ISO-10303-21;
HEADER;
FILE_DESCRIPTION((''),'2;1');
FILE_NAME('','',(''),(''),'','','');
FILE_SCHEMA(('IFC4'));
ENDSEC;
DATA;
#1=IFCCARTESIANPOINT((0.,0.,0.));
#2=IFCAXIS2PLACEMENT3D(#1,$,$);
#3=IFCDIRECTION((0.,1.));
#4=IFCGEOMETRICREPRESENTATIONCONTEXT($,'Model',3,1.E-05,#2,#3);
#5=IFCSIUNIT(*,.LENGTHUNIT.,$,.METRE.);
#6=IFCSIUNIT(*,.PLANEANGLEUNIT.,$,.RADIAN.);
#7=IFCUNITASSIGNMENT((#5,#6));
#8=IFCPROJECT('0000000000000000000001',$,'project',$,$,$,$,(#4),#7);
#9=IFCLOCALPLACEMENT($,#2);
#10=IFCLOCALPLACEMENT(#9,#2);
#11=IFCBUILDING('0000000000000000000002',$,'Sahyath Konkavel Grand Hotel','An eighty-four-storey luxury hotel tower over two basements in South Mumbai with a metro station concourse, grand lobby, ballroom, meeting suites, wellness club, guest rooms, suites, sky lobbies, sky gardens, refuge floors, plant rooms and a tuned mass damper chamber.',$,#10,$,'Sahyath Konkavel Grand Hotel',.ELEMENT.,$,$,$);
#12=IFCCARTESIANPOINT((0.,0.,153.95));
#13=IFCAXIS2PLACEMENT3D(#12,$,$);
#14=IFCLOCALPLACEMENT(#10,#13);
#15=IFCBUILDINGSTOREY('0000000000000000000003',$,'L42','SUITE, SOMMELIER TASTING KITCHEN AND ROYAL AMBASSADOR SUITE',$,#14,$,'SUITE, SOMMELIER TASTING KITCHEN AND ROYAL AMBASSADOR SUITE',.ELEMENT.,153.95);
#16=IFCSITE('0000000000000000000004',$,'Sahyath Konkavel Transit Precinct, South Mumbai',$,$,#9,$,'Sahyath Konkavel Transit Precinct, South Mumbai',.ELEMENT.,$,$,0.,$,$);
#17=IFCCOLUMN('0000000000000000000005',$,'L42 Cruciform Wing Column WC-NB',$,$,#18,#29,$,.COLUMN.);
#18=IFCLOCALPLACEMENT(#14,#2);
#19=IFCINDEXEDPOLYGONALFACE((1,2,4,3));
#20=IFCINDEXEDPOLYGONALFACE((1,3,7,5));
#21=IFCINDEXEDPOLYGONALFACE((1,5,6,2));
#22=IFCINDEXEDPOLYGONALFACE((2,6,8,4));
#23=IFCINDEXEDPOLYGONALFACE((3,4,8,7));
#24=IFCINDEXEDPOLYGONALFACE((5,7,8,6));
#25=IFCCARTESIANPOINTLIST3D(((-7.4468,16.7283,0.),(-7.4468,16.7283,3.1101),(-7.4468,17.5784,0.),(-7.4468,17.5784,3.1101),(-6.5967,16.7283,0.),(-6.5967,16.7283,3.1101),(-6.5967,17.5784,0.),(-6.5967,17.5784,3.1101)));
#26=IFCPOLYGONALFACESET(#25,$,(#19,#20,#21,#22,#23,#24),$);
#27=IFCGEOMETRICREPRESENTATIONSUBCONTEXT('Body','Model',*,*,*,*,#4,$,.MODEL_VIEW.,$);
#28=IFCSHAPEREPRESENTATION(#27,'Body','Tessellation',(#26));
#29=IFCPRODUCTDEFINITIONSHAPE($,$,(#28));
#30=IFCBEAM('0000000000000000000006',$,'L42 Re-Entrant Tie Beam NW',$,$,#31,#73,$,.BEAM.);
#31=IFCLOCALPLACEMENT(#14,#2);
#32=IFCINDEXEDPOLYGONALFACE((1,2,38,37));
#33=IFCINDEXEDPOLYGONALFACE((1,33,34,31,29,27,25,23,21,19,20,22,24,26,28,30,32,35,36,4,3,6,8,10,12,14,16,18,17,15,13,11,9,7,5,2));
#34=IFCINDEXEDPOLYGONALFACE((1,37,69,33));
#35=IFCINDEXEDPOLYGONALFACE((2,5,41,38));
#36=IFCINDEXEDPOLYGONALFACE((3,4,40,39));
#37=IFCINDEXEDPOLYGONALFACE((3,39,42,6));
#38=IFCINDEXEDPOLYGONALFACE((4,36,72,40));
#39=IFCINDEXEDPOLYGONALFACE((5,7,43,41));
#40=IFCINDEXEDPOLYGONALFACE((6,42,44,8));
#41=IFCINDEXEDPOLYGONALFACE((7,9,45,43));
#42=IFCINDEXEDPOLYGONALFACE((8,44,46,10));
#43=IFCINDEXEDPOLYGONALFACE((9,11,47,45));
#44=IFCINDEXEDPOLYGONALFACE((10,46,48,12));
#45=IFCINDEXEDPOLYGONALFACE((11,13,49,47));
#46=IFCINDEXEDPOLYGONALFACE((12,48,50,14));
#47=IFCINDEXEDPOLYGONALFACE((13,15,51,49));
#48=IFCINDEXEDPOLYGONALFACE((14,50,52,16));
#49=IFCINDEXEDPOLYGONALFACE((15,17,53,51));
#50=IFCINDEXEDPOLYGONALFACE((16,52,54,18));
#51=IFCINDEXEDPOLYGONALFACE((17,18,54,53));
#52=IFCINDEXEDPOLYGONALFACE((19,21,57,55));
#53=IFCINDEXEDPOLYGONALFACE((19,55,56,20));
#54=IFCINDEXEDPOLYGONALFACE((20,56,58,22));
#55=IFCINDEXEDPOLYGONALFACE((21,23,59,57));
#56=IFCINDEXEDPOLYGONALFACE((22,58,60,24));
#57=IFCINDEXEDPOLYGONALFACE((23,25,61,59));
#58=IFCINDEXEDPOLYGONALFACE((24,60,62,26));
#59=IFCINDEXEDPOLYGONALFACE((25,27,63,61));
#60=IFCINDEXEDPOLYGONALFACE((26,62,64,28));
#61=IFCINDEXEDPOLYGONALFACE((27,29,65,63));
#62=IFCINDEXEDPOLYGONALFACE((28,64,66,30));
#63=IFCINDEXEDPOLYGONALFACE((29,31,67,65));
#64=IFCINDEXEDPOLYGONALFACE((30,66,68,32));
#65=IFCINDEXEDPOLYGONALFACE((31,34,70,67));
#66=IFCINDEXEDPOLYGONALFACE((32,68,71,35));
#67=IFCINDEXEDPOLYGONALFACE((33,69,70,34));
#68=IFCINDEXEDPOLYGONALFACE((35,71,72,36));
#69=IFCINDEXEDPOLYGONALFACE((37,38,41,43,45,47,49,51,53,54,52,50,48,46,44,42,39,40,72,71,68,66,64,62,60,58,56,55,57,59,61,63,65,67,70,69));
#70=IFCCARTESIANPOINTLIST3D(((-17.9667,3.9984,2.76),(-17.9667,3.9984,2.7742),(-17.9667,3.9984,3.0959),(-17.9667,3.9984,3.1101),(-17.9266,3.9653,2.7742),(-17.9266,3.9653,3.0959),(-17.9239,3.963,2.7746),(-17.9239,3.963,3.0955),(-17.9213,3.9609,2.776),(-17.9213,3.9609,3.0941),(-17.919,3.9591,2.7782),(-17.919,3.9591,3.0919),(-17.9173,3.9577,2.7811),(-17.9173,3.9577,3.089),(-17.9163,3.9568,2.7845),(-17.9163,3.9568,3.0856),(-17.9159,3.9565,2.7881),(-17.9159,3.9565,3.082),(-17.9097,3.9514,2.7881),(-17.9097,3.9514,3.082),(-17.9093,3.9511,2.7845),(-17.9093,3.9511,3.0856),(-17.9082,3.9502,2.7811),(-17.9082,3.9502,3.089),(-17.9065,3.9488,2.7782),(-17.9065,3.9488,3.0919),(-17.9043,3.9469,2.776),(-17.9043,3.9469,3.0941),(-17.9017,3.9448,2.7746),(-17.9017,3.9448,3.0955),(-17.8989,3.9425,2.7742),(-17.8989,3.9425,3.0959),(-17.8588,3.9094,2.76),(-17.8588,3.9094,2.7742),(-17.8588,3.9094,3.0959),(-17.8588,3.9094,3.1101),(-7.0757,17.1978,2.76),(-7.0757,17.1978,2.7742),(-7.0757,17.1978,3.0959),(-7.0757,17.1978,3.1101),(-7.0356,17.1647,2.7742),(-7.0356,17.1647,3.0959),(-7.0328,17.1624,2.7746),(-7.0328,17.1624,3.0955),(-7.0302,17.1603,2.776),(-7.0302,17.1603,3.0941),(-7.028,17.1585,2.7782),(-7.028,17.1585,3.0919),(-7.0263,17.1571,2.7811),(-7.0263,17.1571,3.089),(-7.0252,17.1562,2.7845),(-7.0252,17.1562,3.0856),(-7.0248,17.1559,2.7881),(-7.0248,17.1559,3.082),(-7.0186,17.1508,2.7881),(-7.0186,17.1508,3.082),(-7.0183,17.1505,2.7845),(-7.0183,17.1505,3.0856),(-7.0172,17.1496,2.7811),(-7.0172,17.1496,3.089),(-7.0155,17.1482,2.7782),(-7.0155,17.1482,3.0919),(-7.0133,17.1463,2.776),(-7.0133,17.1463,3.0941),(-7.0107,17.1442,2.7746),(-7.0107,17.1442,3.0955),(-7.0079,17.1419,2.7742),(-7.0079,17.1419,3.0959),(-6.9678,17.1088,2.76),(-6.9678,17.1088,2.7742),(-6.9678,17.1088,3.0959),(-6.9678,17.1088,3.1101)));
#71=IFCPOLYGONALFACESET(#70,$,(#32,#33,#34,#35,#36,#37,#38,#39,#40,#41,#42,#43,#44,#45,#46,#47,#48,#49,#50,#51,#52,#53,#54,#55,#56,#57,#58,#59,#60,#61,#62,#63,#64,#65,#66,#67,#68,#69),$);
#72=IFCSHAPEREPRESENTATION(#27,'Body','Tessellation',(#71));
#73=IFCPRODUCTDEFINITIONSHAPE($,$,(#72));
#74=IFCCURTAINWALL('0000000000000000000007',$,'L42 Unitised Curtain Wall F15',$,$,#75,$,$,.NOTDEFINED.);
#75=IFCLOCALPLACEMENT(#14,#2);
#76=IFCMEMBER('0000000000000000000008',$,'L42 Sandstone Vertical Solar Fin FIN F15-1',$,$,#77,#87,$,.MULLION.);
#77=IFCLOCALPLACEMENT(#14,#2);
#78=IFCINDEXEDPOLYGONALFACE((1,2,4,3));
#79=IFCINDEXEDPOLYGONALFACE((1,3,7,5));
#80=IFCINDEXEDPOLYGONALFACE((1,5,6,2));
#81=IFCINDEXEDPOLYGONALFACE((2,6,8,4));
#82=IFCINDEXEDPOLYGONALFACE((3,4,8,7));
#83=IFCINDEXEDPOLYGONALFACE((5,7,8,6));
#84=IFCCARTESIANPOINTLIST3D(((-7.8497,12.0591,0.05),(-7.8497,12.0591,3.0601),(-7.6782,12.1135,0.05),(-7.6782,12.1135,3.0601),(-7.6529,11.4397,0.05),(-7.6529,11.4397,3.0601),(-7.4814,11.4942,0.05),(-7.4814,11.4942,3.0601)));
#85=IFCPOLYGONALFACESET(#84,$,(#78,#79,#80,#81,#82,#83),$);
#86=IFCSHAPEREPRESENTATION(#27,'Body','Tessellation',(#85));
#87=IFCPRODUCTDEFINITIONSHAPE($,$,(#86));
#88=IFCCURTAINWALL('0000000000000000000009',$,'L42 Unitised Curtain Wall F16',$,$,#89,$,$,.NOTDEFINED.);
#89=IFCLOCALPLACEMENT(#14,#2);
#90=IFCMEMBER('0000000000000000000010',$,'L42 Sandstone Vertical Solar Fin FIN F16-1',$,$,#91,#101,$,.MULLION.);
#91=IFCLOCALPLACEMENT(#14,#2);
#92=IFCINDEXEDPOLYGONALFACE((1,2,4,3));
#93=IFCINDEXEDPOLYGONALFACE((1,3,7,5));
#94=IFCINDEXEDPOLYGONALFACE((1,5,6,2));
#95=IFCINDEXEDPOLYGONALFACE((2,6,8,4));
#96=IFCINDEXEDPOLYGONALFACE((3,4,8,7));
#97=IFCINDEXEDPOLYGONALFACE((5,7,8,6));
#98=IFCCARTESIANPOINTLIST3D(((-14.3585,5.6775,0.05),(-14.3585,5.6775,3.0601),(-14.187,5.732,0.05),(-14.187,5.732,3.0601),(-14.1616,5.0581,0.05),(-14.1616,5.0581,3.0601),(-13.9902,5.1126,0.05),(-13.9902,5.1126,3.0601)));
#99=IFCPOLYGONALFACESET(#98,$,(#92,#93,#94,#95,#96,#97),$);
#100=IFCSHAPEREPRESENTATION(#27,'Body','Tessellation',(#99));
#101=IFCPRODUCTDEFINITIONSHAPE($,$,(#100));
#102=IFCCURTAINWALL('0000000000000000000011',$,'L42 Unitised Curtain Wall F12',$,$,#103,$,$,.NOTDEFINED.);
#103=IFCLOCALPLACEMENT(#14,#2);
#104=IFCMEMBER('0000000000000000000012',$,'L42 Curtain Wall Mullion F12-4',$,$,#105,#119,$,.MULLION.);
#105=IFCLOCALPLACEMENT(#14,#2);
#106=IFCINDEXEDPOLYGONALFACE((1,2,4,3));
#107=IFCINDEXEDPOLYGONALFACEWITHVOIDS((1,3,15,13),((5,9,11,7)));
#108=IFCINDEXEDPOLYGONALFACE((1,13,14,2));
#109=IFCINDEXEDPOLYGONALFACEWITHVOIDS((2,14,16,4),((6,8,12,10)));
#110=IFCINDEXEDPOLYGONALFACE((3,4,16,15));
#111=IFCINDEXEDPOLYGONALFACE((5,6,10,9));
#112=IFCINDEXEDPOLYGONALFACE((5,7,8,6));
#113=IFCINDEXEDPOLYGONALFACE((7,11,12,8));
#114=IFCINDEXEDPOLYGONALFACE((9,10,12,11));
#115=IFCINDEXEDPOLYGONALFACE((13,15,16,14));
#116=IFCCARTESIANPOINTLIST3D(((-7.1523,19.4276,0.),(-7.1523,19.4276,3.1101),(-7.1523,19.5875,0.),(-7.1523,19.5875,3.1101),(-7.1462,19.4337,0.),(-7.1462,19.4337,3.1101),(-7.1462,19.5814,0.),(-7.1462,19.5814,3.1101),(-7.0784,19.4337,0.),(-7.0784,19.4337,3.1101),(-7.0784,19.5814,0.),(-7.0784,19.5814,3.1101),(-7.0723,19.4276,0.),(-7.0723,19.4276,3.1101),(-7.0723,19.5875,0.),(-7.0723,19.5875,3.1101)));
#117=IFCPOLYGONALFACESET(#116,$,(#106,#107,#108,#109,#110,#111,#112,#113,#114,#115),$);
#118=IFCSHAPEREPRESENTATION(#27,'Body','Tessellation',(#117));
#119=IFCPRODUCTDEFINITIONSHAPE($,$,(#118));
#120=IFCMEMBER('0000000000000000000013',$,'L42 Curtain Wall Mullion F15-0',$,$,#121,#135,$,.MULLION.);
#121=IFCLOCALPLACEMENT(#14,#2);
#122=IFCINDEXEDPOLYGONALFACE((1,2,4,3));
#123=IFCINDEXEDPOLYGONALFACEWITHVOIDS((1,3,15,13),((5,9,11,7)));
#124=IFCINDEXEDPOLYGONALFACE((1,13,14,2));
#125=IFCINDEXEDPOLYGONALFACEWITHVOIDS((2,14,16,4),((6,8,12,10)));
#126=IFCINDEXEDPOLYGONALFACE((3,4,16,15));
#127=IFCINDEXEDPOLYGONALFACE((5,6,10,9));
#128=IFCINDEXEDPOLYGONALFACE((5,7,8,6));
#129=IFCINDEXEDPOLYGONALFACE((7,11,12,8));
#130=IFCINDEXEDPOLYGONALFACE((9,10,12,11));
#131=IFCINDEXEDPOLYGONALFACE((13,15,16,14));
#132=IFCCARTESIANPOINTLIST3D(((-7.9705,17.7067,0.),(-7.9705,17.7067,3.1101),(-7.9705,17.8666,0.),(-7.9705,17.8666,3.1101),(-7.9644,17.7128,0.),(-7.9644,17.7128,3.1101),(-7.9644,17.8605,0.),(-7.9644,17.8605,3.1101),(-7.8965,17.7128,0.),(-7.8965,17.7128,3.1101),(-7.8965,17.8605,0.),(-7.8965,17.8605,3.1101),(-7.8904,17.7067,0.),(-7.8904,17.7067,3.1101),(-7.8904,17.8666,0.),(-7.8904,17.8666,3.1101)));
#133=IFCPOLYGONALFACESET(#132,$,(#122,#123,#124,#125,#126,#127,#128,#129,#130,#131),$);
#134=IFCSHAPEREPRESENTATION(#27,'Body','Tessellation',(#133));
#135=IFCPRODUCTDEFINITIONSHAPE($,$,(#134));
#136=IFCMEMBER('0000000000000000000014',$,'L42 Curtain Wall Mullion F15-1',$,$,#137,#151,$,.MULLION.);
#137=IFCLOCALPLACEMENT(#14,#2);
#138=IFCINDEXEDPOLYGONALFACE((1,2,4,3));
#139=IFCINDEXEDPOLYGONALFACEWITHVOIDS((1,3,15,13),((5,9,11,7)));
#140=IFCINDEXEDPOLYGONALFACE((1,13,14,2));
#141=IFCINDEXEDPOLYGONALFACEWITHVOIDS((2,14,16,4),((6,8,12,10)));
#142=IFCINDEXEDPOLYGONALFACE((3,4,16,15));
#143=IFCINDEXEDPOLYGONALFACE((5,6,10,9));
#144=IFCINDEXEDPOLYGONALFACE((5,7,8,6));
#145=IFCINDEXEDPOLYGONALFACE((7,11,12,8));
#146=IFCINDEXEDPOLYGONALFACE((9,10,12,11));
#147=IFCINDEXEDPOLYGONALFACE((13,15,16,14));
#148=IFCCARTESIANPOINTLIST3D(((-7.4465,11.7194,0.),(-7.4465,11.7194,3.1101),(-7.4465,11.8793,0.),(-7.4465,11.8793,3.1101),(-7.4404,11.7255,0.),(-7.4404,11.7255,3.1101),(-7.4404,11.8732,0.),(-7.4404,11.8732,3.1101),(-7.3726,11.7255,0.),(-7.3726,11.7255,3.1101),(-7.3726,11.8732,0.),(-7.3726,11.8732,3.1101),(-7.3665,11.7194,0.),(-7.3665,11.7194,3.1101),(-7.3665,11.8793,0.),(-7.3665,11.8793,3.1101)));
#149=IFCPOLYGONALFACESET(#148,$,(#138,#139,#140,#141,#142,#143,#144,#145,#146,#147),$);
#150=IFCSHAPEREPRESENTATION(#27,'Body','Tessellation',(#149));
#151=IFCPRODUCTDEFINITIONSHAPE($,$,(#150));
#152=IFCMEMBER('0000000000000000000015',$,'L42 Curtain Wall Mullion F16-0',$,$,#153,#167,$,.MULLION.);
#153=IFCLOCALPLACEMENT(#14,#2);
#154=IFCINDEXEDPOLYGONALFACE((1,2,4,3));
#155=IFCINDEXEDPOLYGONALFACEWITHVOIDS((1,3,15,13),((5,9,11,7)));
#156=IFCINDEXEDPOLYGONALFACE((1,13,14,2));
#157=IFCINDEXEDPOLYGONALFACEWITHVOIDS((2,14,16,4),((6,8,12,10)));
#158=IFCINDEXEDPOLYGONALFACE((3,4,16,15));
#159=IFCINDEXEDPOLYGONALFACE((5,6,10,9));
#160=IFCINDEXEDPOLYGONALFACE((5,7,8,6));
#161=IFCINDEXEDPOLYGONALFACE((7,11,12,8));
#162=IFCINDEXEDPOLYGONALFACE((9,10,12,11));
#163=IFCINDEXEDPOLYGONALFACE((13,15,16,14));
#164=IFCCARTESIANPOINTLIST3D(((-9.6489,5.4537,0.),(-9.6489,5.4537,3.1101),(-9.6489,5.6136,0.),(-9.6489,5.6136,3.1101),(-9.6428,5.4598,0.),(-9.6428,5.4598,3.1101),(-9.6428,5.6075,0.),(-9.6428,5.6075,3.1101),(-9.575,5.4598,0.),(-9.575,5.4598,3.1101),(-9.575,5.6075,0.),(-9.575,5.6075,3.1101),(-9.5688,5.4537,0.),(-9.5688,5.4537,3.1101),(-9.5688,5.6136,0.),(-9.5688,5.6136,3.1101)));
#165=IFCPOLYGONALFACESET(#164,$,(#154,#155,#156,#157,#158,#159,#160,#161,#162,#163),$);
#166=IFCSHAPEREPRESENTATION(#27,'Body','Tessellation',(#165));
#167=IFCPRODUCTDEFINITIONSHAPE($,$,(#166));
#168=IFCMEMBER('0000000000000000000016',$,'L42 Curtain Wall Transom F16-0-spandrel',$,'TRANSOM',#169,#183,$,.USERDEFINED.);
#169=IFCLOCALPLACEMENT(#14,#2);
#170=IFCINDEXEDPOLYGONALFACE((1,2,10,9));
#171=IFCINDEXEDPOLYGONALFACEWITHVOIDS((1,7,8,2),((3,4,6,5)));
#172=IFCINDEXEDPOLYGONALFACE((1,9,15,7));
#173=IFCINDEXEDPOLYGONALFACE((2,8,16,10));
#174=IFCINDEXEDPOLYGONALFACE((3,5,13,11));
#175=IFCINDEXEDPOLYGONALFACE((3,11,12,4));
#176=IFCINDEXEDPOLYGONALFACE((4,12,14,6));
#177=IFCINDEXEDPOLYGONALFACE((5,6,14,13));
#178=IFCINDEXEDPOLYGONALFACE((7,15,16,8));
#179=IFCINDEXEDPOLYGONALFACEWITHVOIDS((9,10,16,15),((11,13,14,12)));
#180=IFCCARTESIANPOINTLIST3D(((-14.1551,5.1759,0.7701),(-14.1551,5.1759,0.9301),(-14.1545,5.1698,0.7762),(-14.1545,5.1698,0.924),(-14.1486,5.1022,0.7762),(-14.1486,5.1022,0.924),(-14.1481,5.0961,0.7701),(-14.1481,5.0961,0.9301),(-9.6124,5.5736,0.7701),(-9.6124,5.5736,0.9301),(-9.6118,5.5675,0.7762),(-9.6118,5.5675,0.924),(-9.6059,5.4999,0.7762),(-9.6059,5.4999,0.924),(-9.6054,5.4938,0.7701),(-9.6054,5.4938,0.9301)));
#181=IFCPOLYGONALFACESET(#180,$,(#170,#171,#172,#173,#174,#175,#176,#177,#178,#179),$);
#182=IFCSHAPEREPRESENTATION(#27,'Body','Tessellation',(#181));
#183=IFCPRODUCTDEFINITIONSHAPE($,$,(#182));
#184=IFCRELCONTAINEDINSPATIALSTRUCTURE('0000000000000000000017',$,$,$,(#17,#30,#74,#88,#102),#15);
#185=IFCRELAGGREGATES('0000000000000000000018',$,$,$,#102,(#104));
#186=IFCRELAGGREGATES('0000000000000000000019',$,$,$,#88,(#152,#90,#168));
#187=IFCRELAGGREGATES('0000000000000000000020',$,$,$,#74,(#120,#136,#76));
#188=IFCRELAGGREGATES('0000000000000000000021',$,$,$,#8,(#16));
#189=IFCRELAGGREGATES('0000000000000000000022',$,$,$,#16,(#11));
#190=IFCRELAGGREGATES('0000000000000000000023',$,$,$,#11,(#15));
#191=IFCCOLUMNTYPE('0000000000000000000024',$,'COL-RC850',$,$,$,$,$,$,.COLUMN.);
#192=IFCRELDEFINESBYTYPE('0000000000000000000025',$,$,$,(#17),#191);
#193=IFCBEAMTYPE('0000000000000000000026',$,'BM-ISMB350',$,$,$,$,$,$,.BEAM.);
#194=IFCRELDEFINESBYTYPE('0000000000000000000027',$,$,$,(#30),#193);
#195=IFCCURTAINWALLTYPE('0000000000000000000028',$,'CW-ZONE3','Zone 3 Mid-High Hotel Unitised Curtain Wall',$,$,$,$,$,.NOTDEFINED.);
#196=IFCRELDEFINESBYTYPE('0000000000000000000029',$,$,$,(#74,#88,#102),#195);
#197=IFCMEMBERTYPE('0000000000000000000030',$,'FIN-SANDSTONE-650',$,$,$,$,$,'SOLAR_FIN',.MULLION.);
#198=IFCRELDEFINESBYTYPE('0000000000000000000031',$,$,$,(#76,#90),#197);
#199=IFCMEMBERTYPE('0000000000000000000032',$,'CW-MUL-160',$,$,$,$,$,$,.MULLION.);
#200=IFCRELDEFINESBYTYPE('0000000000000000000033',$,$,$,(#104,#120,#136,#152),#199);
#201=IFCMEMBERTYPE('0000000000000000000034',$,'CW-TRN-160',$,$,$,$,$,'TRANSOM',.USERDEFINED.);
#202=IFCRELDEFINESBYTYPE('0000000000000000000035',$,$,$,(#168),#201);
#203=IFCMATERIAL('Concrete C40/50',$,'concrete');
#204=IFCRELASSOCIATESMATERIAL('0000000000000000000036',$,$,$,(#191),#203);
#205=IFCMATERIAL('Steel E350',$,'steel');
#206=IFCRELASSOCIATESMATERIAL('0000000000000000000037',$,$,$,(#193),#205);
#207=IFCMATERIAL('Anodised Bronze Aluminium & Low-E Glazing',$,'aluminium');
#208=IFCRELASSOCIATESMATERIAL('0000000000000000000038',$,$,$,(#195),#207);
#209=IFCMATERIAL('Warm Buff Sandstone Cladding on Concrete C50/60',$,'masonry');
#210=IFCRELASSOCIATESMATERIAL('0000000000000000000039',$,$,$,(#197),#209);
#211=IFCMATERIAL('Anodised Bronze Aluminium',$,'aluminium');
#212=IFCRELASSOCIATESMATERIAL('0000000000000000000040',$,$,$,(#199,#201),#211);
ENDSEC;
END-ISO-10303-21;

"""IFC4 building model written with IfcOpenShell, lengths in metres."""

from ifc_helpers import new_model, si_unit, direction, frame, origin, origin_2d, place, context, subcontext, project, spatial, rectangle, hollow_rectangle, i_section, extrude, source, transform, mapped, material, material_profile, profile_set, type_object, element, aggregate, save


model = new_model("IFC4")

# Units and contexts
model_context = context("Model", 3, precision=1e-05, world=origin(), true_north=direction((0.0, 1.0)))
body_context = subcontext(model_context, "Body", "Model", "MODEL_VIEW")
ifc_project = project(units=[si_unit("LENGTHUNIT", "METRE"), si_unit("PLANEANGLEUNIT", "RADIAN")], contexts=[model_context])

# Site, building, storey
site_placement = place(None, origin())
site = spatial("IfcSite", under=ifc_project, at=site_placement, Name="Sahyath Konkavel Transit Precinct, South Mumbai", LongName="Sahyath Konkavel Transit Precinct, South Mumbai", CompositionType="ELEMENT", RefElevation=0.0)
building_placement = place(site_placement, origin())
building = spatial("IfcBuilding", under=site, at=building_placement, Name="Sahyath Konkavel Grand Hotel", Description="An eighty-four-storey luxury hotel tower over two basements in South Mumbai with a metro station concourse, grand lobby, ballroom, meeting suites, wellness club, guest rooms, suites, sky lobbies, sky gardens, refuge floors, plant rooms and a tuned mass damper chamber.", LongName="Sahyath Konkavel Grand Hotel", CompositionType="ELEMENT")
storey_placement = place(building_placement, frame((0.0, 0.0, 153.95)))
storey = spatial("IfcBuildingStorey", under=building, at=storey_placement, Name="L42", Description="SUITE, SOMMELIER TASTING KITCHEN AND ROYAL AMBASSADOR SUITE", LongName="SUITE, SOMMELIER TASTING KITCHEN AND ROYAL AMBASSADOR SUITE", CompositionType="ELEMENT", Elevation=153.95)

# Column
ifc_material_1 = material(Name="Concrete C40/50", Category="concrete")
ifc_material_profile_1 = material_profile(ifc_material_1, rectangle(XDim=0.8501, YDim=0.8501, at=origin_2d()), Name="RC 850x850")
ifc_profile_set_1 = profile_set([ifc_material_profile_1], Name="Concrete C40/50")
column_type = type_object("IfcColumnType", Name="COL-RC850", PredefinedType="COLUMN", material=ifc_profile_set_1)
shared_shape_1 = source(origin(), body_context, "Body", "SweptSolid", [
    extrude(rectangle(XDim=0.8501, YDim=0.8501, at=origin_2d()), origin(), (0.0, 0.0, 1.0), 3.1101),
])
column_placement = place(storey_placement, frame((-7.0217, 17.1533, 0.0), z_axis=(0.0, 0.0, 1.0), x_axis=(1.0, 0.0, 0.0)))
element("IfcColumn", 1, at=column_placement, inside=storey, type_object=column_type, Name="L42 Cruciform Wing Column WC-NB", PredefinedType="COLUMN", context=body_context, shape_type="MappedRepresentation", body=[
    mapped(shared_shape_1, transform((0.0, 0.0, 0.0), scale=1.0)),
])

# Beam
ifc_material_2 = material(Name="Steel E350", Category="steel")
ifc_material_profile_2 = material_profile(ifc_material_2, i_section(OverallWidth=0.1399, OverallDepth=0.3501, WebThickness=0.0081, FlangeThickness=0.0142, FilletRadius=0.0139, at=origin_2d()), Name="ISMB 350")
ifc_profile_set_2 = profile_set([ifc_material_profile_2], Name="Steel E350")
beam_type = type_object("IfcBeamType", Name="BM-ISMB350", PredefinedType="BEAM", material=ifc_profile_set_2)
shared_shape_2 = source(origin(), body_context, "Body", "SweptSolid", [
    extrude(i_section(OverallWidth=0.1399, OverallDepth=0.3501, WebThickness=0.0081, FlangeThickness=0.0142, FilletRadius=0.0139, at=origin_2d()), origin(), (0.0, 0.0, 1.0), 17.1125),
])
beam_placement = place(storey_placement, frame((-7.0217, 17.1533, 2.9351), z_axis=(-0.636437, -0.771329, 0.0), x_axis=(0.771329, -0.636437, 0.0)))
element("IfcBeam", 2, at=beam_placement, inside=storey, type_object=beam_type, Name="L42 Re-Entrant Tie Beam NW", PredefinedType="BEAM", context=body_context, shape_type="MappedRepresentation", body=[
    mapped(shared_shape_2, transform((0.0, 0.0, 0.0), scale=1.0)),
])

# Curtain walls, members
ifc_material_3 = material(Name="Anodised Bronze Aluminium & Low-E Glazing", Category="aluminium")
curtain_wall_type = type_object("IfcCurtainWallType", Name="CW-ZONE3", Description="Zone 3 Mid-High Hotel Unitised Curtain Wall", PredefinedType="NOTDEFINED", material=ifc_material_3)
curtain_wall_1_placement = place(storey_placement, origin())
curtain_wall_1 = element("IfcCurtainWall", 3, at=curtain_wall_1_placement, inside=storey, type_object=curtain_wall_type, Name="L42 Unitised Curtain Wall F15", PredefinedType="NOTDEFINED")
ifc_material_4 = material(Name="Warm Buff Sandstone Cladding on Concrete C50/60", Category="masonry")
ifc_material_profile_3 = material_profile(ifc_material_4, rectangle(XDim=0.1799, YDim=0.6499, at=origin_2d()), Name="FIN 180x650")
ifc_profile_set_3 = profile_set([ifc_material_profile_3], Name="Warm Buff Sandstone Cladding on Concrete C50/60")
member_type_1 = type_object("IfcMemberType", Name="FIN-SANDSTONE-650", ElementType="SOLAR_FIN", PredefinedType="MULLION", material=ifc_profile_set_3)
shared_shape_3 = source(origin(), body_context, "Body", "SweptSolid", [
    extrude(rectangle(XDim=0.1799, YDim=0.6499, at=origin_2d()), origin(), (0.0, 0.0, 1.0), 3.01),
])
member_1_placement = place(storey_placement, frame((-7.6655, 11.7766, 0.05), z_axis=(0.0, 0.0, 1.0), x_axis=(0.953032, 0.302869, 0.0)))
member_1 = element("IfcMember", 4, at=member_1_placement, type_object=member_type_1, Name="L42 Sandstone Vertical Solar Fin FIN F15-1", PredefinedType="MULLION", context=body_context, shape_type="MappedRepresentation", body=[
    mapped(shared_shape_3, transform((0.0, 0.0, 0.0), scale=1.0)),
])
curtain_wall_2_placement = place(storey_placement, origin())
curtain_wall_2 = element("IfcCurtainWall", 5, at=curtain_wall_2_placement, inside=storey, type_object=curtain_wall_type, Name="L42 Unitised Curtain Wall F16", PredefinedType="NOTDEFINED")
member_2_placement = place(storey_placement, frame((-14.1743, 5.395, 0.05), z_axis=(0.0, 0.0, 1.0), x_axis=(0.953032, 0.302869, 0.0)))
member_2 = element("IfcMember", 6, at=member_2_placement, type_object=member_type_1, Name="L42 Sandstone Vertical Solar Fin FIN F16-1", PredefinedType="MULLION", context=body_context, shape_type="MappedRepresentation", body=[
    mapped(shared_shape_3, transform((0.0, 0.0, 0.0), scale=1.0)),
])
curtain_wall_3_placement = place(storey_placement, origin())
curtain_wall_3 = element("IfcCurtainWall", 7, at=curtain_wall_3_placement, inside=storey, type_object=curtain_wall_type, Name="L42 Unitised Curtain Wall F12", PredefinedType="NOTDEFINED")
ifc_material_5 = material(Name="Anodised Bronze Aluminium", Category="aluminium")
ifc_material_profile_4 = material_profile(ifc_material_5, hollow_rectangle(XDim=0.0801, YDim=0.1599, WallThickness=0.0061, at=origin_2d()), Name="RHS 160x80x6")
ifc_profile_set_4 = profile_set([ifc_material_profile_4], Name="Anodised Bronze Aluminium")
member_type_2 = type_object("IfcMemberType", Name="CW-MUL-160", PredefinedType="MULLION", material=ifc_profile_set_4)
shared_shape_4 = source(origin(), body_context, "Body", "SweptSolid", [
    extrude(hollow_rectangle(XDim=0.0801, YDim=0.1599, WallThickness=0.0061, at=origin_2d()), origin(), (0.0, 0.0, 1.0), 3.1101),
])
member_3_placement = place(storey_placement, frame((-7.1123, 19.5076, 0.0), z_axis=(0.0, 0.0, 1.0), x_axis=(1.0, 0.0, 0.0)))
member_3 = element("IfcMember", 8, at=member_3_placement, type_object=member_type_2, Name="L42 Curtain Wall Mullion F12-4", PredefinedType="MULLION", context=body_context, shape_type="MappedRepresentation", body=[
    mapped(shared_shape_4, transform((0.0, 0.0, 0.0), scale=1.0)),
])
aggregate(curtain_wall_3, [member_3])

# Members
member_4_placement = place(storey_placement, frame((-7.9304, 17.7866, 0.0), z_axis=(0.0, 0.0, 1.0), x_axis=(1.0, 0.0, 0.0)))
member_4 = element("IfcMember", 9, at=member_4_placement, type_object=member_type_2, Name="L42 Curtain Wall Mullion F15-0", PredefinedType="MULLION", context=body_context, shape_type="MappedRepresentation", body=[
    mapped(shared_shape_4, transform((0.0, 0.0, 0.0), scale=1.0)),
])
member_5_placement = place(storey_placement, frame((-7.4065, 11.7993, 0.0), z_axis=(0.0, 0.0, 1.0), x_axis=(1.0, 0.0, 0.0)))
member_5 = element("IfcMember", 10, at=member_5_placement, type_object=member_type_2, Name="L42 Curtain Wall Mullion F15-1", PredefinedType="MULLION", context=body_context, shape_type="MappedRepresentation", body=[
    mapped(shared_shape_4, transform((0.0, 0.0, 0.0), scale=1.0)),
])
member_6_placement = place(storey_placement, frame((-9.6089, 5.5337, 0.0), z_axis=(0.0, 0.0, 1.0), x_axis=(1.0, 0.0, 0.0)))
member_6 = element("IfcMember", 11, at=member_6_placement, type_object=member_type_2, Name="L42 Curtain Wall Mullion F16-0", PredefinedType="MULLION", context=body_context, shape_type="MappedRepresentation", body=[
    mapped(shared_shape_4, transform((0.0, 0.0, 0.0), scale=1.0)),
])
ifc_material_profile_5 = material_profile(ifc_material_5, hollow_rectangle(XDim=0.0801, YDim=0.1599, WallThickness=0.0061, at=origin_2d()), Name="RHS 160x80x6")
ifc_profile_set_5 = profile_set([ifc_material_profile_5], Name="Anodised Bronze Aluminium")
member_type_3 = type_object("IfcMemberType", Name="CW-TRN-160", ElementType="TRANSOM", PredefinedType="USERDEFINED", material=ifc_profile_set_5)
shared_shape_5 = source(origin(), body_context, "Body", "SweptSolid", [
    extrude(hollow_rectangle(XDim=0.0801, YDim=0.1599, WallThickness=0.0061, at=origin_2d()), origin(), (0.0, 0.0, 1.0), 4.5601),
])
member_7_placement = place(storey_placement, frame((-9.6089, 5.5337, 0.8501), z_axis=(-0.99619, -0.087214, 0.0), x_axis=(0.087214, -0.99619, 0.0)))
member_7 = element("IfcMember", 12, at=member_7_placement, type_object=member_type_3, Name="L42 Curtain Wall Transom F16-0-spandrel", ObjectType="TRANSOM", PredefinedType="USERDEFINED", context=body_context, shape_type="MappedRepresentation", body=[
    mapped(shared_shape_5, transform((0.0, 0.0, 0.0), scale=1.0)),
])

aggregate(curtain_wall_2, [member_6, member_2, member_7])
aggregate(curtain_wall_1, [member_4, member_5, member_1])

save(model, "model.ifc")
